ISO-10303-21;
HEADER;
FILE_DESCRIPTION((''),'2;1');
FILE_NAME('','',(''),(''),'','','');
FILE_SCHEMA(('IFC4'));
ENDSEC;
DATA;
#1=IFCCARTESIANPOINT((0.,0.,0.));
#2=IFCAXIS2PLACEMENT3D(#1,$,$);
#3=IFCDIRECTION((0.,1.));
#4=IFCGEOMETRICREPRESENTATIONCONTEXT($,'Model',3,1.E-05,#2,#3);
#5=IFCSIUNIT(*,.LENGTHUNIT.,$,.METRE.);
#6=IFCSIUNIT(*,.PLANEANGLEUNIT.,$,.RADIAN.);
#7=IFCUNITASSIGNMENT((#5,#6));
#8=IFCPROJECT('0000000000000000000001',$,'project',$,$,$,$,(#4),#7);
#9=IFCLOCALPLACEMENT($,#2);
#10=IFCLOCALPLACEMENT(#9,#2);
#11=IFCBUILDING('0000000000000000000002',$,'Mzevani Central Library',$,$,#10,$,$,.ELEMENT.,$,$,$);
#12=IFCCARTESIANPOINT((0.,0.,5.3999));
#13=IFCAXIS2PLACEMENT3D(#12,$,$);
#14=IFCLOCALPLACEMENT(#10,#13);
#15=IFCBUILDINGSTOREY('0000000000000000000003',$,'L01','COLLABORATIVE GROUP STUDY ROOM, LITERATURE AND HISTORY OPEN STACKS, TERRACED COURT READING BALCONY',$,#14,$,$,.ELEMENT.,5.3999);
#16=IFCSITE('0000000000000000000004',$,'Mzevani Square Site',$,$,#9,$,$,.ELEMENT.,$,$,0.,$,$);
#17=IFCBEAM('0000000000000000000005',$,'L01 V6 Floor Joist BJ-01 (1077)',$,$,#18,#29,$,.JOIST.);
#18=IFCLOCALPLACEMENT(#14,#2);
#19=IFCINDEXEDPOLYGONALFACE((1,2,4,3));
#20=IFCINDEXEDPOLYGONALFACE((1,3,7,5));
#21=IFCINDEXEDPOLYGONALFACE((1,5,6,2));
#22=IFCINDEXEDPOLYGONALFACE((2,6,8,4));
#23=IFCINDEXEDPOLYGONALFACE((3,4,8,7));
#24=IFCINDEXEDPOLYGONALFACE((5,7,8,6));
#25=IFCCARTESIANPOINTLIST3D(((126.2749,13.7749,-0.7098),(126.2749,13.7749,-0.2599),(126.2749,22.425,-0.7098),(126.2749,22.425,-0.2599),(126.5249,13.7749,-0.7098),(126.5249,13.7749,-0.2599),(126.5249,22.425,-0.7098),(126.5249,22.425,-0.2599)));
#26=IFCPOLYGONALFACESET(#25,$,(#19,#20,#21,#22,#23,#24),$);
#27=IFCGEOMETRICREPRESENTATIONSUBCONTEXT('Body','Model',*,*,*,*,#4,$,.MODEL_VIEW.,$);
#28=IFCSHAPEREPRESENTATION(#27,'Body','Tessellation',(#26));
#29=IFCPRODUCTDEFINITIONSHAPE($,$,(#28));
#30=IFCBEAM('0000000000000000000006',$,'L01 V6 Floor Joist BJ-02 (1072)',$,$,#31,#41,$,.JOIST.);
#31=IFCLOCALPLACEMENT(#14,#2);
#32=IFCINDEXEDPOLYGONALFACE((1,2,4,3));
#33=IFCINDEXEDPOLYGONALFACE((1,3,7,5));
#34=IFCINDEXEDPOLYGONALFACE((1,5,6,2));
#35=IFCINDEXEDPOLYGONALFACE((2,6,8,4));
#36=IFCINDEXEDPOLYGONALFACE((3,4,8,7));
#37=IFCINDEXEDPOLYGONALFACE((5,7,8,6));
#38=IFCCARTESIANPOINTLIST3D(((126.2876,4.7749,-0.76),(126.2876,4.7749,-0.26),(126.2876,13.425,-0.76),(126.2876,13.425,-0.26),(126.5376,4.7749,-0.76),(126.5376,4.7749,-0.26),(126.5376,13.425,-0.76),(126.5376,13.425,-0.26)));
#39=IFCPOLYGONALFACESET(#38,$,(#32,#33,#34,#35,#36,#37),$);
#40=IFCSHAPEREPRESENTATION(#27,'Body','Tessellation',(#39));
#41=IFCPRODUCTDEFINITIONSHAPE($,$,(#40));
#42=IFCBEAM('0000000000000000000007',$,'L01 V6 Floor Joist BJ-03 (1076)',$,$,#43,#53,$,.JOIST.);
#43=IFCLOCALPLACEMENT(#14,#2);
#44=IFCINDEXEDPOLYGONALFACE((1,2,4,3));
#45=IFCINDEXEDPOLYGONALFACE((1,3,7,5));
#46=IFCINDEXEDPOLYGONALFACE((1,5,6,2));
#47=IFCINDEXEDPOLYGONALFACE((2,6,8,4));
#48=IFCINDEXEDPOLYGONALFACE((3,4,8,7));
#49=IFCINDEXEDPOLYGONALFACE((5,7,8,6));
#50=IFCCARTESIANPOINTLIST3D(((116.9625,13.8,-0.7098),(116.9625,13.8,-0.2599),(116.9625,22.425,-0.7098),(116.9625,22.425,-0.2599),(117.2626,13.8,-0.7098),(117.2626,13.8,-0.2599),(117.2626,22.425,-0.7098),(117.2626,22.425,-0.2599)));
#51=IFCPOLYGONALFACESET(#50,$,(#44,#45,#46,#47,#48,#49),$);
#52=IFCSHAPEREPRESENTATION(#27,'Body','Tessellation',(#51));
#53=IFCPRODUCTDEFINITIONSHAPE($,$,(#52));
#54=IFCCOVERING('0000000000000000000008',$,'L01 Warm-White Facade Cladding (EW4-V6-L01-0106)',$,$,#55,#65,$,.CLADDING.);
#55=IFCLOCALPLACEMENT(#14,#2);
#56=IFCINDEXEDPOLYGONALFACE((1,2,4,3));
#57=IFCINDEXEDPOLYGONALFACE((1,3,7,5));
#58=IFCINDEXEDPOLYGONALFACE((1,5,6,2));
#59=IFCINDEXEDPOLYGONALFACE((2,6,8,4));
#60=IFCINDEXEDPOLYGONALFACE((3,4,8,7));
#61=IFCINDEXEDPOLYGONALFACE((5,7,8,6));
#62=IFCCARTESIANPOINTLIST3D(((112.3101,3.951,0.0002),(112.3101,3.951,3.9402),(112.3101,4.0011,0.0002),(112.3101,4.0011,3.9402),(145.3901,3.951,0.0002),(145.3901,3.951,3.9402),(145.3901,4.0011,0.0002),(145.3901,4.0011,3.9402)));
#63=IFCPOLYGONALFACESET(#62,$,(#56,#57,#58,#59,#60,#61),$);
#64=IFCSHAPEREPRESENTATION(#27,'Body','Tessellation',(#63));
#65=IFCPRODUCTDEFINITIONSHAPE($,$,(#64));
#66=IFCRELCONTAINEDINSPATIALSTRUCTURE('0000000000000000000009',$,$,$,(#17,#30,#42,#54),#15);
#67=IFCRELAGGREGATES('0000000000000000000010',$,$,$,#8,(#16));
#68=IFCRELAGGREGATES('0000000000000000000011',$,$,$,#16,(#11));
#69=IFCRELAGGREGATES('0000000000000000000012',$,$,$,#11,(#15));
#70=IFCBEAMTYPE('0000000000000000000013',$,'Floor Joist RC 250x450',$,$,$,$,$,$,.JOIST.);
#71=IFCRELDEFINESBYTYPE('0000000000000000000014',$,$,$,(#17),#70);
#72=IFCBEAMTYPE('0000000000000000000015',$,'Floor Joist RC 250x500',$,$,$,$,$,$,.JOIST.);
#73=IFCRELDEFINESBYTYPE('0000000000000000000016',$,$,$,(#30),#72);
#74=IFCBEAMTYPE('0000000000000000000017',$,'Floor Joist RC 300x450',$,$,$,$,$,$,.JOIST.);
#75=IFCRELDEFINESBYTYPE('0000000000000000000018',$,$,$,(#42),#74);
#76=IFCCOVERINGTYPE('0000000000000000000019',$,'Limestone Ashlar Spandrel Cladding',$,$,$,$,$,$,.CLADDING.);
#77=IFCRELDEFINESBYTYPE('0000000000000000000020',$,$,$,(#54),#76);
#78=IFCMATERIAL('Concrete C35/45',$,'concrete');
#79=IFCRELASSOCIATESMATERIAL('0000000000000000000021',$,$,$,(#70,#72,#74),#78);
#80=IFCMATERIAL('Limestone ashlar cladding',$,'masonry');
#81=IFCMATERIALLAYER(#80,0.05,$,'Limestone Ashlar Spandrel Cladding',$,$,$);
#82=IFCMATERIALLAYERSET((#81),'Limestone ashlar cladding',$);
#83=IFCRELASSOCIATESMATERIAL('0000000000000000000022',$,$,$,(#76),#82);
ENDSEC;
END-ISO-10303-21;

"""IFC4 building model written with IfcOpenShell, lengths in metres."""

from ifc_helpers import new_model, si_unit, direction, frame, origin, origin_2d, place, context, subcontext, project, spatial, rectangle, extrude, material, layer, layer_set, material_profile, profile_set, type_object, element, save


model = new_model("IFC4")

# Units and contexts
model_context = context("Model", 3, precision=1e-05, world=origin(), true_north=direction((0.0, 1.0)))
body_context = subcontext(model_context, "Body", "Model", "MODEL_VIEW")
ifc_project = project(units=[si_unit("LENGTHUNIT", "METRE"), si_unit("PLANEANGLEUNIT", "RADIAN")], contexts=[model_context])

# Site, building, storey
site_placement = place(None, origin())
site = spatial("IfcSite", under=ifc_project, at=site_placement, Name="Mzevani Square Site", CompositionType="ELEMENT", RefElevation=0.0)
building_placement = place(site_placement, origin())
building = spatial("IfcBuilding", under=site, at=building_placement, Name="Mzevani Central Library", CompositionType="ELEMENT")
storey_placement = place(building_placement, frame((0.0, 0.0, 5.3999)))
storey = spatial("IfcBuildingStorey", under=building, at=storey_placement, Name="L01", Description="COLLABORATIVE GROUP STUDY ROOM, LITERATURE AND HISTORY OPEN STACKS, TERRACED COURT READING BALCONY", CompositionType="ELEMENT", Elevation=5.3999)

# Beams
ifc_material_1 = material(Name="Concrete C35/45", Category="concrete")
ifc_material_profile_1 = material_profile(ifc_material_1, rectangle(XDim=0.25, YDim=0.45, at=origin_2d()), Name="RC J250x450")
ifc_profile_set_1 = profile_set([ifc_material_profile_1], Name="Concrete C35/45")
beam_type_1 = type_object("IfcBeamType", Name="Floor Joist RC 250x450", PredefinedType="JOIST", material=ifc_profile_set_1)
beam_1_placement = place(storey_placement, frame((126.3999, 13.7749, -0.4849), z_axis=(0.0, 1.0, 0.0), x_axis=(-1.0, 0.0, 0.0)))
element("IfcBeam", 1, at=beam_1_placement, inside=storey, type_object=beam_type_1, Name="L01 V6 Floor Joist BJ-01 (1077)", PredefinedType="JOIST", context=body_context, shape_type="SweptSolid", body=[
    extrude(rectangle(XDim=0.25, YDim=0.45, at=origin_2d()), origin(), (0.0, 0.0, 1.0), 8.6501),
])
ifc_material_profile_2 = material_profile(ifc_material_1, rectangle(XDim=0.25, YDim=0.5, at=origin_2d()), Name="RC J250x500")
ifc_profile_set_2 = profile_set([ifc_material_profile_2], Name="Concrete C35/45")
beam_type_2 = type_object("IfcBeamType", Name="Floor Joist RC 250x500", PredefinedType="JOIST", material=ifc_profile_set_2)
beam_2_placement = place(storey_placement, frame((126.4126, 4.7749, -0.51), z_axis=(0.0, 1.0, 0.0), x_axis=(-1.0, 0.0, 0.0)))
element("IfcBeam", 2, at=beam_2_placement, inside=storey, type_object=beam_type_2, Name="L01 V6 Floor Joist BJ-02 (1072)", PredefinedType="JOIST", context=body_context, shape_type="SweptSolid", body=[
    extrude(rectangle(XDim=0.25, YDim=0.5, at=origin_2d()), origin(), (0.0, 0.0, 1.0), 8.6501),
])
ifc_material_profile_3 = material_profile(ifc_material_1, rectangle(XDim=0.3, YDim=0.45, at=origin_2d()), Name="RC J300x450")
ifc_profile_set_3 = profile_set([ifc_material_profile_3], Name="Concrete C35/45")
beam_type_3 = type_object("IfcBeamType", Name="Floor Joist RC 300x450", PredefinedType="JOIST", material=ifc_profile_set_3)
beam_3_placement = place(storey_placement, frame((117.1125, 13.8, -0.4849), z_axis=(0.0, 1.0, 0.0), x_axis=(-1.0, 0.0, 0.0)))
element("IfcBeam", 3, at=beam_3_placement, inside=storey, type_object=beam_type_3, Name="L01 V6 Floor Joist BJ-03 (1076)", PredefinedType="JOIST", context=body_context, shape_type="SweptSolid", body=[
    extrude(rectangle(XDim=0.3, YDim=0.45, at=origin_2d()), origin(), (0.0, 0.0, 1.0), 8.625),
])

# Covering
ifc_material_2 = material(Name="Limestone ashlar cladding", Category="masonry")
ifc_layer = layer(ifc_material_2, 0.05, Name="Limestone Ashlar Spandrel Cladding")
ifc_layer_set = layer_set([ifc_layer], Name="Limestone ashlar cladding")
covering_type = type_object("IfcCoveringType", Name="Limestone Ashlar Spandrel Cladding", PredefinedType="CLADDING", material=ifc_layer_set)
covering_placement = place(storey_placement, frame((128.8501, 3.9761, 0.0002), z_axis=(0.0, 0.0, 1.0), x_axis=(-1.0, 0.0, 0.0)))
element("IfcCovering", 4, at=covering_placement, inside=storey, type_object=covering_type, Name="L01 Warm-White Facade Cladding (EW4-V6-L01-0106)", PredefinedType="CLADDING", context=body_context, shape_type="SweptSolid", body=[
    extrude(rectangle(XDim=33.0801, YDim=0.05, at=origin_2d()), origin(), (0.0, 0.0, 1.0), 3.9399),
])

save(model, "model.ifc")
